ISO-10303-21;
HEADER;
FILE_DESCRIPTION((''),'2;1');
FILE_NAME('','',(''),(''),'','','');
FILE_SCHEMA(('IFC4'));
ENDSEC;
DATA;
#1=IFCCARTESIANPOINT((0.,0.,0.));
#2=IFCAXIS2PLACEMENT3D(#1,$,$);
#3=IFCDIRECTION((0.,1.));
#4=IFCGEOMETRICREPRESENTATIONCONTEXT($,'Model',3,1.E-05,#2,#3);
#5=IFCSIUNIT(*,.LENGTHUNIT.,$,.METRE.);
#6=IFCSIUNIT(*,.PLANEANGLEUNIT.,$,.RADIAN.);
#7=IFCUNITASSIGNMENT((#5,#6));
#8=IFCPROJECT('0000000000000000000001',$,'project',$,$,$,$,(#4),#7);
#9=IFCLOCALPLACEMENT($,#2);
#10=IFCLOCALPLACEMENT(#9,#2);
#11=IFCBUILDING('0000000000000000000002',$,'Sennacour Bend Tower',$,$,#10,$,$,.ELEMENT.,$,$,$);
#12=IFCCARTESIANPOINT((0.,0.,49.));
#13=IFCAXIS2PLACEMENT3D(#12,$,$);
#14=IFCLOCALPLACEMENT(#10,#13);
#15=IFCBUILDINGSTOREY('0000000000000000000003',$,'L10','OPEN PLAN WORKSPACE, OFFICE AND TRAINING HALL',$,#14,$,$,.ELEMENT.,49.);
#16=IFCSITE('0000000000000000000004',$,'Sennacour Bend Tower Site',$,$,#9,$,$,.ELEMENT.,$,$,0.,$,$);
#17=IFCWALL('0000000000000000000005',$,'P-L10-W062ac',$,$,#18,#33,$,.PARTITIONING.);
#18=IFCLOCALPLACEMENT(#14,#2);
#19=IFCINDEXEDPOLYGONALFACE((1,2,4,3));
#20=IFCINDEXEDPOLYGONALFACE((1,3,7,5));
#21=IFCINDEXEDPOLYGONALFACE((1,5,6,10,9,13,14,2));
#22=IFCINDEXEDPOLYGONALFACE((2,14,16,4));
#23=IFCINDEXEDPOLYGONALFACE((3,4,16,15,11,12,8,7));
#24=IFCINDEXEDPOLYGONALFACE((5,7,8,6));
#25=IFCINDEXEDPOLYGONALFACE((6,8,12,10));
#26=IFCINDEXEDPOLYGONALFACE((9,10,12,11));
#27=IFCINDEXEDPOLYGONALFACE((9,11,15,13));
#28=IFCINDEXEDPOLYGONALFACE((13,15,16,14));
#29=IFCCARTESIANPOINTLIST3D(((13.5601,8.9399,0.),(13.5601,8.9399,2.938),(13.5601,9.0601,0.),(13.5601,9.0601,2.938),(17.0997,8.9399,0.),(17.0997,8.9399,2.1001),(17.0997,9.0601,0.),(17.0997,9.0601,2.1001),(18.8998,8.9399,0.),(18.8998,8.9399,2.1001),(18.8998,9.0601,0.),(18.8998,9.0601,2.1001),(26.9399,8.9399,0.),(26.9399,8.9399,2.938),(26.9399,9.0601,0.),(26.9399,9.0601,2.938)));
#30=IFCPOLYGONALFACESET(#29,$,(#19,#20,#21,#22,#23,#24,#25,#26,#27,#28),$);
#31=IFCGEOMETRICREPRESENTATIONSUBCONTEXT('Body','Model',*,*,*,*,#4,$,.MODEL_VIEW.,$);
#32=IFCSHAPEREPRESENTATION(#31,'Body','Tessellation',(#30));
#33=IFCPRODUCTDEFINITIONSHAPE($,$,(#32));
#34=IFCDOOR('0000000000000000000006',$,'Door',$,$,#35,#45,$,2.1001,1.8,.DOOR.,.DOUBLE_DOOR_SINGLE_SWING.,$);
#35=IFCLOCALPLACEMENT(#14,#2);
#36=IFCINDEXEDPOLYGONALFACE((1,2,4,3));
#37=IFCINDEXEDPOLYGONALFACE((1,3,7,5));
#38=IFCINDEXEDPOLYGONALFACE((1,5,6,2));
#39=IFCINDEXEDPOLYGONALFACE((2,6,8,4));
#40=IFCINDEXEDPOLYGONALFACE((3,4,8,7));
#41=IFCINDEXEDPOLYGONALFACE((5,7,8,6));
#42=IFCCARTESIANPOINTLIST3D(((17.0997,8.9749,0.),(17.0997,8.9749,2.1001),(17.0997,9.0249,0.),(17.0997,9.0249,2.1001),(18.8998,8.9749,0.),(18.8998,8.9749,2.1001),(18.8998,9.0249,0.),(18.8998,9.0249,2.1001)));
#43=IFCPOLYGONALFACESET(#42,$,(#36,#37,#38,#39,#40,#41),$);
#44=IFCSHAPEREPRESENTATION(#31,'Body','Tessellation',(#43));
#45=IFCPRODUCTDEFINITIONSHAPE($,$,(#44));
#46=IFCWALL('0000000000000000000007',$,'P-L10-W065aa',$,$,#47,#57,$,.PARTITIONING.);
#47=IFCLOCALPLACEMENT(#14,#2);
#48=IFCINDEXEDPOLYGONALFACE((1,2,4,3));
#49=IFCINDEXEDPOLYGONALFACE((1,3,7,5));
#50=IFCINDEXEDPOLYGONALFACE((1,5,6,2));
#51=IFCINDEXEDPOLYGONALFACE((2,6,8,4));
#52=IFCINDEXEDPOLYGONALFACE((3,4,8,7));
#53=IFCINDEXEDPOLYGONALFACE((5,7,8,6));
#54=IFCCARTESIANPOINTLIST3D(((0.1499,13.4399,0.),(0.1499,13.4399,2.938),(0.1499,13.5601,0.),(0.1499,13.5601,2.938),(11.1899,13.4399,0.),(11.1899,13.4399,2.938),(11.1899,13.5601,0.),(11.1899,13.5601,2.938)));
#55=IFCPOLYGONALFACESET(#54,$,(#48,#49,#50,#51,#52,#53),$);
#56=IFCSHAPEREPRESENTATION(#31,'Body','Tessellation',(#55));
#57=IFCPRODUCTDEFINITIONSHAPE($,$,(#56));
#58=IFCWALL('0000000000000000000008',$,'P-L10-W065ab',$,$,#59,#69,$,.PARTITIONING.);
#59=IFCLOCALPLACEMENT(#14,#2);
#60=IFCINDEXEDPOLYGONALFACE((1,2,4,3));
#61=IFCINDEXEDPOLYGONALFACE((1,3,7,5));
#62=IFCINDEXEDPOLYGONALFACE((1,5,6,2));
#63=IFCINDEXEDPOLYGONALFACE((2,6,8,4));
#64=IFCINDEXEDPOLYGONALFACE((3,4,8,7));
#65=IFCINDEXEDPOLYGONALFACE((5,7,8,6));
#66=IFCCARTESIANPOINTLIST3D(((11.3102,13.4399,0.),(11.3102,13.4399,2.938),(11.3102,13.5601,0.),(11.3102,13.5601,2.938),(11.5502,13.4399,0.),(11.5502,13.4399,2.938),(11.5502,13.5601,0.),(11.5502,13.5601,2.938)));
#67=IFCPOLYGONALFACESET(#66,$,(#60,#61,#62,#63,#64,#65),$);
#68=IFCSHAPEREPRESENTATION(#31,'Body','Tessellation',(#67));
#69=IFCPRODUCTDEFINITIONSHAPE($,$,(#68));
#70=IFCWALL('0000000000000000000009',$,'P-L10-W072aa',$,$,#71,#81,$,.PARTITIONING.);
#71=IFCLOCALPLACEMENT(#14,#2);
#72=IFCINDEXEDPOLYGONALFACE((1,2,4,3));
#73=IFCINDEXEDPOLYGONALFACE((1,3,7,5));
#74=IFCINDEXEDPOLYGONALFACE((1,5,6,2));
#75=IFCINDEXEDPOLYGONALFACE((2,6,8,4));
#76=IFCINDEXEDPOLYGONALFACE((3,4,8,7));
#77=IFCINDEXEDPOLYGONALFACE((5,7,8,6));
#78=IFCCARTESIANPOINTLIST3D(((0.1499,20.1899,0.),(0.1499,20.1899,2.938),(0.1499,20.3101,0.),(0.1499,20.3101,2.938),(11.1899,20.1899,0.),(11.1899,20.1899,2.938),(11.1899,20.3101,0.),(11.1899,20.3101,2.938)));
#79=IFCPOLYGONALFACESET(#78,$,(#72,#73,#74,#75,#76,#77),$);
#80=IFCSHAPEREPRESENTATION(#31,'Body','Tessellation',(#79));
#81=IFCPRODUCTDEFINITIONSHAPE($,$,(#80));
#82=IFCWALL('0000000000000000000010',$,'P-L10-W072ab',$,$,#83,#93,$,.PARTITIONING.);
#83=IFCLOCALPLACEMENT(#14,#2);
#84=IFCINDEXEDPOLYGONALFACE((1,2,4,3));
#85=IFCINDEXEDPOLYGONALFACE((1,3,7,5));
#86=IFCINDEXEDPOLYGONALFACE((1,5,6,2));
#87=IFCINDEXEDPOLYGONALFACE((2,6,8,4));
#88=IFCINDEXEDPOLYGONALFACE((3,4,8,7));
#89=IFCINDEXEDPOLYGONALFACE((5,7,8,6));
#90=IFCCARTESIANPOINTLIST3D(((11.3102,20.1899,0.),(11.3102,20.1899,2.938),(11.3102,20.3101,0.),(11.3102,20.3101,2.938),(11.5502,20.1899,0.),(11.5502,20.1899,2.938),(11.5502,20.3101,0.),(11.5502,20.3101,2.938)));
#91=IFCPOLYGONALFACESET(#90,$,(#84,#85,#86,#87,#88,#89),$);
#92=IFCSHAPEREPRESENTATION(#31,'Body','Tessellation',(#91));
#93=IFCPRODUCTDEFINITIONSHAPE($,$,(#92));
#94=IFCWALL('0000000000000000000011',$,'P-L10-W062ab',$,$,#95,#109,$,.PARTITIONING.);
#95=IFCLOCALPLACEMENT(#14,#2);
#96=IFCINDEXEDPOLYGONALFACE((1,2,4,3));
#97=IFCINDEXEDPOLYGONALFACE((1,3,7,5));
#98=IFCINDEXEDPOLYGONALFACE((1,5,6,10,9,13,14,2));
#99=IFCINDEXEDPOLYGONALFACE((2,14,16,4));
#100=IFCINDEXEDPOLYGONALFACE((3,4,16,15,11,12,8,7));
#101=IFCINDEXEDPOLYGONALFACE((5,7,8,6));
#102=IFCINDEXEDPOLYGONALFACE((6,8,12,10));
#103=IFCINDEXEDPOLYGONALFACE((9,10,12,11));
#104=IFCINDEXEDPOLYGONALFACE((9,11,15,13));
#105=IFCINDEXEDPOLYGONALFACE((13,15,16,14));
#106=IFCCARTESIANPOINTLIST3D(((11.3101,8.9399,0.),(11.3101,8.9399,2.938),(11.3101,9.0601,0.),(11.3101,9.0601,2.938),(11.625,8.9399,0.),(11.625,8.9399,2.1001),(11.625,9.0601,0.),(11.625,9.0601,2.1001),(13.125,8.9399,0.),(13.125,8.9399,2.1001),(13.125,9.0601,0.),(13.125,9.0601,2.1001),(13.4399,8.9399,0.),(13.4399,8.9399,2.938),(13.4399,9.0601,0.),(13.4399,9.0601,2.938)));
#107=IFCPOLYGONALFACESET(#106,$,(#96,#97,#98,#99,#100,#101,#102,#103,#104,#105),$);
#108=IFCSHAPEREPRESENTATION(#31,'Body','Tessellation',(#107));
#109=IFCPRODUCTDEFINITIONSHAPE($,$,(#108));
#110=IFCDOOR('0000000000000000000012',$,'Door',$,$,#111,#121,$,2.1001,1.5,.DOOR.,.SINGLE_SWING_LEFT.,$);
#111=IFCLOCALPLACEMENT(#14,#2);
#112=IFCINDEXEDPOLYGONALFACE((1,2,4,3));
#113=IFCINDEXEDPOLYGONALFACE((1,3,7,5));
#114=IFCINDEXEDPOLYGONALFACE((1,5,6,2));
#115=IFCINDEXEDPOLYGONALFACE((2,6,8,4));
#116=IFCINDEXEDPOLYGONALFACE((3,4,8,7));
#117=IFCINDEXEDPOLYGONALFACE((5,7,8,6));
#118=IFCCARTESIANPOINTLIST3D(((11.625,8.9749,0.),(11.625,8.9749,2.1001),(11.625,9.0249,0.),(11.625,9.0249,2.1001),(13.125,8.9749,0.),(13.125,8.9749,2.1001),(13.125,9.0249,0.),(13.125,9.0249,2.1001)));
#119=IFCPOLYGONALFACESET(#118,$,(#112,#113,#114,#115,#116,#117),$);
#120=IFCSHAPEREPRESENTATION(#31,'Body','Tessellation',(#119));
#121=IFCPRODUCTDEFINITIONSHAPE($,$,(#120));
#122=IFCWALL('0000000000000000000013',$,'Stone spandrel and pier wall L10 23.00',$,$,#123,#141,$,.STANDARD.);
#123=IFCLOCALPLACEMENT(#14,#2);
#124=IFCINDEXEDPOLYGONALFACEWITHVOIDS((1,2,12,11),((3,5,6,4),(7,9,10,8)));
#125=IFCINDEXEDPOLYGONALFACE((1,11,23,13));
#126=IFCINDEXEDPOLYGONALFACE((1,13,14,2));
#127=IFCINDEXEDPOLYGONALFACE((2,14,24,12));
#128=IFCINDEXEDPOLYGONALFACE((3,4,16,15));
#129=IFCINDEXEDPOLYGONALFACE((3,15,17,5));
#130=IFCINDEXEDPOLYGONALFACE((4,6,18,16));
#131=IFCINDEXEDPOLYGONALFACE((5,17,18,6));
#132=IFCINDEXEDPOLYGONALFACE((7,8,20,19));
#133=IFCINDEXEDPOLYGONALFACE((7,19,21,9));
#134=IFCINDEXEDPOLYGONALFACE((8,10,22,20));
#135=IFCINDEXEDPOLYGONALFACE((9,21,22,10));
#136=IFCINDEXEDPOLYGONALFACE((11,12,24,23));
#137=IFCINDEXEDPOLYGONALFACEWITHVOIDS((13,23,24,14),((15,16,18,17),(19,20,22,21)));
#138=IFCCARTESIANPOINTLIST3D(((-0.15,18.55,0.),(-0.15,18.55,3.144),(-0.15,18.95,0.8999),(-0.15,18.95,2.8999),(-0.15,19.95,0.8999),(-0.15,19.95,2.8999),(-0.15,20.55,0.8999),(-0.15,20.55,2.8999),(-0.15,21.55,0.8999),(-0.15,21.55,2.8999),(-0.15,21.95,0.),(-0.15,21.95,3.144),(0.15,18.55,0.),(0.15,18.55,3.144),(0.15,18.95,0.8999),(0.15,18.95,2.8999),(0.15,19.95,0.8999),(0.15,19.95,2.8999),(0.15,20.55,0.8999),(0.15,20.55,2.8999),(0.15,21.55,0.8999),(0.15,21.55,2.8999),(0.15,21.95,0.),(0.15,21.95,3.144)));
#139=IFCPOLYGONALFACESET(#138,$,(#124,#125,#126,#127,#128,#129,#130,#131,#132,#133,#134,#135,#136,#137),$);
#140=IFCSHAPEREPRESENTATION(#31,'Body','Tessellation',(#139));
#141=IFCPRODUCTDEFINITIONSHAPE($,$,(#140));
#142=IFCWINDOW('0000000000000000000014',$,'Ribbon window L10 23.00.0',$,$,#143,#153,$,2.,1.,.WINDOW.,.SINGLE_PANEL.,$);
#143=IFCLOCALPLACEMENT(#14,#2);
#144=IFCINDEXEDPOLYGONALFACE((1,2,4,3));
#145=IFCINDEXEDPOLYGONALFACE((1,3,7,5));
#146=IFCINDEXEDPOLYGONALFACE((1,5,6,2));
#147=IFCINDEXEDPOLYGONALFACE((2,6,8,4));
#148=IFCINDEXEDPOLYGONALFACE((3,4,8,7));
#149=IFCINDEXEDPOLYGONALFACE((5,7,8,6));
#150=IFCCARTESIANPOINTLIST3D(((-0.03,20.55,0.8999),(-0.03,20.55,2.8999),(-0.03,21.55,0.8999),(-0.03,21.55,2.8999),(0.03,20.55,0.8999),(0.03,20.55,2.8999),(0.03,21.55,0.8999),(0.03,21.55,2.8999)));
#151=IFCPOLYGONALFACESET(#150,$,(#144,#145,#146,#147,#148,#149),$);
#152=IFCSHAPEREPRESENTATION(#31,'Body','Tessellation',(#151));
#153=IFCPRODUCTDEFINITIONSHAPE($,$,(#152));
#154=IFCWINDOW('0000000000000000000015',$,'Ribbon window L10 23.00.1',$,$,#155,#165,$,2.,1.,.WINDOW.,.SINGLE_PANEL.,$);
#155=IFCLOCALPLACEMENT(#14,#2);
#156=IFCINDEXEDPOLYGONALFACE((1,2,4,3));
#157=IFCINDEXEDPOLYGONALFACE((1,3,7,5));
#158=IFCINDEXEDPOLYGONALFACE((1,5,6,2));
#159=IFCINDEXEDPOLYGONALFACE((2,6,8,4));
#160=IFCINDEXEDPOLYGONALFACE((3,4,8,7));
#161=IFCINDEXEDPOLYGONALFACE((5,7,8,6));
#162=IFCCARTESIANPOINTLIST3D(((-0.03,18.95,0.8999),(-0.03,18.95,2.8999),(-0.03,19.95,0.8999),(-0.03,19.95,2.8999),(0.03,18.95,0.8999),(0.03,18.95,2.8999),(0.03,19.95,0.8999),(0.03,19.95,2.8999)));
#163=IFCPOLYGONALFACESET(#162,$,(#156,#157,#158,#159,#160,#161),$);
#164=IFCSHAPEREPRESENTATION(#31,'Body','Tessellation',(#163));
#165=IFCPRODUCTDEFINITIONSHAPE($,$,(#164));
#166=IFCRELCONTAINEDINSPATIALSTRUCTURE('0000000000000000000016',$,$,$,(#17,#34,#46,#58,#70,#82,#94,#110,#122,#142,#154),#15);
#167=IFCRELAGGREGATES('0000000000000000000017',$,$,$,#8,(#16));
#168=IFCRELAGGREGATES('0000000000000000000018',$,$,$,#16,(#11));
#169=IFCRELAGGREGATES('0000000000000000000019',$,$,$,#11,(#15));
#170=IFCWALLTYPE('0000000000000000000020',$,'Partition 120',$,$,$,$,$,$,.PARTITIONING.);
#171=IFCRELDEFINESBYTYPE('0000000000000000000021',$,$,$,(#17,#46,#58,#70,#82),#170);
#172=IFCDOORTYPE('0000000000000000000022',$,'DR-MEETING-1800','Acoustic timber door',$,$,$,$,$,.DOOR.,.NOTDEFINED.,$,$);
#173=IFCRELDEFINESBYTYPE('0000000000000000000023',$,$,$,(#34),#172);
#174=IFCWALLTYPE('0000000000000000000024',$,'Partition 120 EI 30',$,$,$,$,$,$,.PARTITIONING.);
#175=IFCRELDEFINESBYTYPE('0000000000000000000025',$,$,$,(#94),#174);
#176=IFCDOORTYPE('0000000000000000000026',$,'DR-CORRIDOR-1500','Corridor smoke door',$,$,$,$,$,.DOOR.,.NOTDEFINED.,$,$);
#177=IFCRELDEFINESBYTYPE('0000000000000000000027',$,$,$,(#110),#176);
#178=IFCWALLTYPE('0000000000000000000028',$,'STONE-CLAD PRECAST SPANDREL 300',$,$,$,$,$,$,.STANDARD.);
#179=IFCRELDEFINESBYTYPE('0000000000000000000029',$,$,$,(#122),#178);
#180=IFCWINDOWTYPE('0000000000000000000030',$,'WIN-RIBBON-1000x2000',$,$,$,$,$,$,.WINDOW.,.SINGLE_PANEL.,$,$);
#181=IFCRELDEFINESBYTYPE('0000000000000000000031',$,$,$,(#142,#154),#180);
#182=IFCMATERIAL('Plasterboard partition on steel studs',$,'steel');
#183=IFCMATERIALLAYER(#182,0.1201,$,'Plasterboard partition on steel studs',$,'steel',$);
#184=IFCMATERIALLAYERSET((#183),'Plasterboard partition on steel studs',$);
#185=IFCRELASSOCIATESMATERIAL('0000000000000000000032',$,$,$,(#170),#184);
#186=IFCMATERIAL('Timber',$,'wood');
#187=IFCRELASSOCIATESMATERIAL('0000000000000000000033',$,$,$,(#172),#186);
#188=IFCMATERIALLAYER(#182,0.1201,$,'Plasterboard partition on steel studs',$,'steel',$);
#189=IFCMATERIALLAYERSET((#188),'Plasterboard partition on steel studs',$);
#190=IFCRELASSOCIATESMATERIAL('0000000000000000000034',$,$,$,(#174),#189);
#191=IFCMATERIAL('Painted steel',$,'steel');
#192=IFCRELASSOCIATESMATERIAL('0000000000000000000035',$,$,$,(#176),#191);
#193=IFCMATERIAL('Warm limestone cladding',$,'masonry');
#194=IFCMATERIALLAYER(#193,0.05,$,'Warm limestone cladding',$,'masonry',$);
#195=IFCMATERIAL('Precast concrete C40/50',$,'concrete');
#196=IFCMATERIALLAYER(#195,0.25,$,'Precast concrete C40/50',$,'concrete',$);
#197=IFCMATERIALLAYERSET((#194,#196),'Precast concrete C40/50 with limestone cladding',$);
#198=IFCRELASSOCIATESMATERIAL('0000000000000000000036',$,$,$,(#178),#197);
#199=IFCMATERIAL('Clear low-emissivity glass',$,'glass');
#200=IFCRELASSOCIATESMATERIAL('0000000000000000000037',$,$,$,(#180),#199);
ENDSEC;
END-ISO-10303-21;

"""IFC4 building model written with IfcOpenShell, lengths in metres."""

from ifc_helpers import new_model, si_unit, direction, frame, frame_2d, origin, place, context, subcontext, project, spatial, rectangle, extrude, material, layer, layer_set, type_object, element, fill, save


model = new_model("IFC4")

# Units and contexts
model_context = context("Model", 3, precision=1e-05, world=origin(), true_north=direction((0.0, 1.0)))
body_context = subcontext(model_context, "Body", "Model", "MODEL_VIEW")
ifc_project = project(units=[si_unit("LENGTHUNIT", "METRE"), si_unit("PLANEANGLEUNIT", "RADIAN")], contexts=[model_context])

# Site, building, storey
site_placement = place(None, origin())
site = spatial("IfcSite", under=ifc_project, at=site_placement, Name="Sennacour Bend Tower Site", CompositionType="ELEMENT", RefElevation=0.0)
building_placement = place(site_placement, origin())
building = spatial("IfcBuilding", under=site, at=building_placement, Name="Sennacour Bend Tower", CompositionType="ELEMENT")
storey_placement = place(building_placement, frame((0.0, 0.0, 49.0)))
storey = spatial("IfcBuildingStorey", under=building, at=storey_placement, Name="L10", Description="OPEN PLAN WORKSPACE, OFFICE AND TRAINING HALL", CompositionType="ELEMENT", Elevation=49.0)

# Shared definitions
ifc_material_1 = material(Name="Plasterboard partition on steel studs", Category="steel")
ifc_layer_1 = layer(ifc_material_1, 0.1201, Name="Plasterboard partition on steel studs", Category="steel")
ifc_layer_set_1 = layer_set([ifc_layer_1], Name="Plasterboard partition on steel studs")
wall_type_1 = type_object("IfcWallType", Name="Partition 120", PredefinedType="PARTITIONING", material=ifc_layer_set_1)
ifc_material_2 = material(Name="Timber", Category="wood")

# Wall, opening, door
wall_1_placement = place(storey_placement, frame((13.5601, 9.0, 0.0), z_axis=(0.0, 0.0, 1.0), x_axis=(1.0, 0.0, 0.0)))
wall_1 = element("IfcWall", 1, at=wall_1_placement, inside=storey, type_object=wall_type_1, Name="P-L10-W062ac", PredefinedType="PARTITIONING", context=body_context, shape_type="SweptSolid", body=[
    extrude(rectangle(XDim=13.3799, YDim=0.1201, at=frame_2d((6.6899, 0.0))), origin(), (0.0, 0.0, 1.0), 2.938),
])
opening_1_placement = place(wall_1_placement, frame((3.5398, 0.0, 0.0)))
opening_1 = element("IfcOpeningElement", 2, at=opening_1_placement, cuts=wall_1, PredefinedType="OPENING", context=body_context, shape_type="SweptSolid", body=[
    extrude(rectangle(XDim=1.8, YDim=2.1001, at=frame_2d((0.8999, 1.05))), frame((0.0, 0.0701, 0.0), z_axis=(0.0, -1.0, 0.0), x_axis=(1.0, 0.0, 0.0)), (0.0, 0.0, 1.0), 0.1401),
])
door_type_1 = type_object("IfcDoorType", Name="DR-MEETING-1800", Description="Acoustic timber door", OperationType="NOTDEFINED", PredefinedType="DOOR", material=ifc_material_2)
door_1_placement = place(opening_1_placement, origin())
door_1 = element("IfcDoor", 3, at=door_1_placement, inside=storey, type_object=door_type_1, Name="Door", OperationType="DOUBLE_DOOR_SINGLE_SWING", OverallHeight=2.1001, OverallWidth=1.8, PredefinedType="DOOR", context=body_context, shape_type="SweptSolid", body=[
    extrude(rectangle(XDim=1.8, YDim=2.1001, at=frame_2d((0.8999, 1.05))), frame((0.0, 0.0249, 0.0), z_axis=(0.0, -1.0, 0.0), x_axis=(1.0, 0.0, 0.0)), (0.0, 0.0, 1.0), 0.05),
])
fill(opening_1, door_1)

# Walls
wall_2_placement = place(storey_placement, frame((0.1499, 13.5, 0.0), z_axis=(0.0, 0.0, 1.0), x_axis=(1.0, 0.0, 0.0)))
element("IfcWall", 4, at=wall_2_placement, inside=storey, type_object=wall_type_1, Name="P-L10-W065aa", PredefinedType="PARTITIONING", context=body_context, shape_type="SweptSolid", body=[
    extrude(rectangle(XDim=11.04, YDim=0.1201, at=frame_2d((5.52, 0.0))), origin(), (0.0, 0.0, 1.0), 2.938),
])
wall_3_placement = place(storey_placement, frame((11.3101, 13.5, 0.0), z_axis=(0.0, 0.0, 1.0), x_axis=(1.0, 0.0, 0.0)))
element("IfcWall", 5, at=wall_3_placement, inside=storey, type_object=wall_type_1, Name="P-L10-W065ab", PredefinedType="PARTITIONING", context=body_context, shape_type="SweptSolid", body=[
    extrude(rectangle(XDim=0.24, YDim=0.1201, at=frame_2d((0.1201, 0.0))), origin(), (0.0, 0.0, 1.0), 2.938),
])
wall_4_placement = place(storey_placement, frame((0.1499, 20.25, 0.0), z_axis=(0.0, 0.0, 1.0), x_axis=(1.0, 0.0, 0.0)))
element("IfcWall", 6, at=wall_4_placement, inside=storey, type_object=wall_type_1, Name="P-L10-W072aa", PredefinedType="PARTITIONING", context=body_context, shape_type="SweptSolid", body=[
    extrude(rectangle(XDim=11.04, YDim=0.1201, at=frame_2d((5.52, 0.0))), origin(), (0.0, 0.0, 1.0), 2.938),
])
wall_5_placement = place(storey_placement, frame((11.3101, 20.25, 0.0), z_axis=(0.0, 0.0, 1.0), x_axis=(1.0, 0.0, 0.0)))
element("IfcWall", 7, at=wall_5_placement, inside=storey, type_object=wall_type_1, Name="P-L10-W072ab", PredefinedType="PARTITIONING", context=body_context, shape_type="SweptSolid", body=[
    extrude(rectangle(XDim=0.24, YDim=0.1201, at=frame_2d((0.1201, 0.0))), origin(), (0.0, 0.0, 1.0), 2.938),
])

# Wall, opening, door
ifc_layer_2 = layer(ifc_material_1, 0.1201, Name="Plasterboard partition on steel studs", Category="steel")
ifc_layer_set_2 = layer_set([ifc_layer_2], Name="Plasterboard partition on steel studs")
wall_type_2 = type_object("IfcWallType", Name="Partition 120 EI 30", PredefinedType="PARTITIONING", material=ifc_layer_set_2)
wall_6_placement = place(storey_placement, frame((11.3101, 9.0, 0.0), z_axis=(0.0, 0.0, 1.0), x_axis=(1.0, 0.0, 0.0)))
wall_6 = element("IfcWall", 8, at=wall_6_placement, inside=storey, type_object=wall_type_2, Name="P-L10-W062ab", PredefinedType="PARTITIONING", context=body_context, shape_type="SweptSolid", body=[
    extrude(rectangle(XDim=2.1299, YDim=0.1201, at=frame_2d((1.0649, 0.0))), origin(), (0.0, 0.0, 1.0), 2.938),
])
opening_2_placement = place(wall_6_placement, frame((0.3149, 0.0, 0.0)))
opening_2 = element("IfcOpeningElement", 9, at=opening_2_placement, cuts=wall_6, PredefinedType="OPENING", context=body_context, shape_type="SweptSolid", body=[
    extrude(rectangle(XDim=1.5, YDim=2.1001, at=frame_2d((0.75, 1.05))), frame((0.0, 0.0701, 0.0), z_axis=(0.0, -1.0, 0.0), x_axis=(1.0, 0.0, 0.0)), (0.0, 0.0, 1.0), 0.1401),
])
ifc_material_3 = material(Name="Painted steel", Category="steel")
door_type_2 = type_object("IfcDoorType", Name="DR-CORRIDOR-1500", Description="Corridor smoke door", OperationType="NOTDEFINED", PredefinedType="DOOR", material=ifc_material_3)
door_2_placement = place(opening_2_placement, origin())
door_2 = element("IfcDoor", 10, at=door_2_placement, inside=storey, type_object=door_type_2, Name="Door", OperationType="SINGLE_SWING_LEFT", OverallHeight=2.1001, OverallWidth=1.5, PredefinedType="DOOR", context=body_context, shape_type="SweptSolid", body=[
    extrude(rectangle(XDim=1.5, YDim=2.1001, at=frame_2d((0.75, 1.05))), frame((0.0, 0.0249, 0.0), z_axis=(0.0, -1.0, 0.0), x_axis=(1.0, 0.0, 0.0)), (0.0, 0.0, 1.0), 0.05),
])
fill(opening_2, door_2)

# Wall, openings, windows
ifc_material_4 = material(Name="Warm limestone cladding", Category="masonry")
ifc_layer_3 = layer(ifc_material_4, 0.05, Name="Warm limestone cladding", Category="masonry")
ifc_material_5 = material(Name="Precast concrete C40/50", Category="concrete")
ifc_layer_4 = layer(ifc_material_5, 0.25, Name="Precast concrete C40/50", Category="concrete")
ifc_layer_set_3 = layer_set([ifc_layer_3, ifc_layer_4], Name="Precast concrete C40/50 with limestone cladding")
wall_type_3 = type_object("IfcWallType", Name="STONE-CLAD PRECAST SPANDREL 300", PredefinedType="STANDARD", material=ifc_layer_set_3)
wall_7_placement = place(storey_placement, frame((0.0, 21.95, 0.0), z_axis=(0.0, 0.0, 1.0), x_axis=(0.0, -1.0, 0.0)))
wall_7 = element("IfcWall", 11, at=wall_7_placement, inside=storey, type_object=wall_type_3, Name="Stone spandrel and pier wall L10 23.00", PredefinedType="STANDARD", context=body_context, shape_type="SweptSolid", body=[
    extrude(rectangle(XDim=3.3999, YDim=0.3, at=frame_2d((1.7, 0.0))), origin(), (0.0, 0.0, 1.0), 3.144),
])
opening_3_placement = place(wall_7_placement, frame((0.3999, 0.0, 0.8999)))
opening_3 = element("IfcOpeningElement", 12, at=opening_3_placement, cuts=wall_7, PredefinedType="OPENING", context=body_context, shape_type="SweptSolid", body=[
    extrude(rectangle(XDim=1.0, YDim=2.0, at=frame_2d((0.5, 1.0))), frame((0.0, 0.1602, 0.0), z_axis=(0.0, -1.0, 0.0), x_axis=(1.0, 0.0, 0.0)), (0.0, 0.0, 1.0), 0.3201),
])
opening_4_placement = place(wall_7_placement, frame((2.0, 0.0, 0.8999)))
opening_4 = element("IfcOpeningElement", 13, at=opening_4_placement, cuts=wall_7, PredefinedType="OPENING", context=body_context, shape_type="SweptSolid", body=[
    extrude(rectangle(XDim=1.0, YDim=2.0, at=frame_2d((0.5, 1.0))), frame((0.0, 0.1602, 0.0), z_axis=(0.0, -1.0, 0.0), x_axis=(1.0, 0.0, 0.0)), (0.0, 0.0, 1.0), 0.3201),
])
ifc_material_6 = material(Name="Clear low-emissivity glass", Category="glass")
window_type = type_object("IfcWindowType", Name="WIN-RIBBON-1000x2000", PartitioningType="SINGLE_PANEL", PredefinedType="WINDOW", material=ifc_material_6)
window_1_placement = place(opening_3_placement, origin())
window_1 = element("IfcWindow", 14, at=window_1_placement, inside=storey, type_object=window_type, Name="Ribbon window L10 23.00.0", OverallHeight=2.0, OverallWidth=1.0, PartitioningType="SINGLE_PANEL", PredefinedType="WINDOW", context=body_context, shape_type="SweptSolid", body=[
    extrude(rectangle(XDim=1.0, YDim=2.0, at=frame_2d((0.5, 1.0))), frame((0.0, 0.03, 0.0), z_axis=(0.0, -1.0, 0.0), x_axis=(1.0, 0.0, 0.0)), (0.0, 0.0, 1.0), 0.0601),
])
fill(opening_3, window_1)
window_2_placement = place(opening_4_placement, origin())
window_2 = element("IfcWindow", 15, at=window_2_placement, inside=storey, type_object=window_type, Name="Ribbon window L10 23.00.1", OverallHeight=2.0, OverallWidth=1.0, PartitioningType="SINGLE_PANEL", PredefinedType="WINDOW", context=body_context, shape_type="SweptSolid", body=[
    extrude(rectangle(XDim=1.0, YDim=2.0, at=frame_2d((0.5, 1.0))), frame((0.0, 0.03, 0.0), z_axis=(0.0, -1.0, 0.0), x_axis=(1.0, 0.0, 0.0)), (0.0, 0.0, 1.0), 0.0601),
])
fill(opening_4, window_2)

save(model, "model.ifc")
